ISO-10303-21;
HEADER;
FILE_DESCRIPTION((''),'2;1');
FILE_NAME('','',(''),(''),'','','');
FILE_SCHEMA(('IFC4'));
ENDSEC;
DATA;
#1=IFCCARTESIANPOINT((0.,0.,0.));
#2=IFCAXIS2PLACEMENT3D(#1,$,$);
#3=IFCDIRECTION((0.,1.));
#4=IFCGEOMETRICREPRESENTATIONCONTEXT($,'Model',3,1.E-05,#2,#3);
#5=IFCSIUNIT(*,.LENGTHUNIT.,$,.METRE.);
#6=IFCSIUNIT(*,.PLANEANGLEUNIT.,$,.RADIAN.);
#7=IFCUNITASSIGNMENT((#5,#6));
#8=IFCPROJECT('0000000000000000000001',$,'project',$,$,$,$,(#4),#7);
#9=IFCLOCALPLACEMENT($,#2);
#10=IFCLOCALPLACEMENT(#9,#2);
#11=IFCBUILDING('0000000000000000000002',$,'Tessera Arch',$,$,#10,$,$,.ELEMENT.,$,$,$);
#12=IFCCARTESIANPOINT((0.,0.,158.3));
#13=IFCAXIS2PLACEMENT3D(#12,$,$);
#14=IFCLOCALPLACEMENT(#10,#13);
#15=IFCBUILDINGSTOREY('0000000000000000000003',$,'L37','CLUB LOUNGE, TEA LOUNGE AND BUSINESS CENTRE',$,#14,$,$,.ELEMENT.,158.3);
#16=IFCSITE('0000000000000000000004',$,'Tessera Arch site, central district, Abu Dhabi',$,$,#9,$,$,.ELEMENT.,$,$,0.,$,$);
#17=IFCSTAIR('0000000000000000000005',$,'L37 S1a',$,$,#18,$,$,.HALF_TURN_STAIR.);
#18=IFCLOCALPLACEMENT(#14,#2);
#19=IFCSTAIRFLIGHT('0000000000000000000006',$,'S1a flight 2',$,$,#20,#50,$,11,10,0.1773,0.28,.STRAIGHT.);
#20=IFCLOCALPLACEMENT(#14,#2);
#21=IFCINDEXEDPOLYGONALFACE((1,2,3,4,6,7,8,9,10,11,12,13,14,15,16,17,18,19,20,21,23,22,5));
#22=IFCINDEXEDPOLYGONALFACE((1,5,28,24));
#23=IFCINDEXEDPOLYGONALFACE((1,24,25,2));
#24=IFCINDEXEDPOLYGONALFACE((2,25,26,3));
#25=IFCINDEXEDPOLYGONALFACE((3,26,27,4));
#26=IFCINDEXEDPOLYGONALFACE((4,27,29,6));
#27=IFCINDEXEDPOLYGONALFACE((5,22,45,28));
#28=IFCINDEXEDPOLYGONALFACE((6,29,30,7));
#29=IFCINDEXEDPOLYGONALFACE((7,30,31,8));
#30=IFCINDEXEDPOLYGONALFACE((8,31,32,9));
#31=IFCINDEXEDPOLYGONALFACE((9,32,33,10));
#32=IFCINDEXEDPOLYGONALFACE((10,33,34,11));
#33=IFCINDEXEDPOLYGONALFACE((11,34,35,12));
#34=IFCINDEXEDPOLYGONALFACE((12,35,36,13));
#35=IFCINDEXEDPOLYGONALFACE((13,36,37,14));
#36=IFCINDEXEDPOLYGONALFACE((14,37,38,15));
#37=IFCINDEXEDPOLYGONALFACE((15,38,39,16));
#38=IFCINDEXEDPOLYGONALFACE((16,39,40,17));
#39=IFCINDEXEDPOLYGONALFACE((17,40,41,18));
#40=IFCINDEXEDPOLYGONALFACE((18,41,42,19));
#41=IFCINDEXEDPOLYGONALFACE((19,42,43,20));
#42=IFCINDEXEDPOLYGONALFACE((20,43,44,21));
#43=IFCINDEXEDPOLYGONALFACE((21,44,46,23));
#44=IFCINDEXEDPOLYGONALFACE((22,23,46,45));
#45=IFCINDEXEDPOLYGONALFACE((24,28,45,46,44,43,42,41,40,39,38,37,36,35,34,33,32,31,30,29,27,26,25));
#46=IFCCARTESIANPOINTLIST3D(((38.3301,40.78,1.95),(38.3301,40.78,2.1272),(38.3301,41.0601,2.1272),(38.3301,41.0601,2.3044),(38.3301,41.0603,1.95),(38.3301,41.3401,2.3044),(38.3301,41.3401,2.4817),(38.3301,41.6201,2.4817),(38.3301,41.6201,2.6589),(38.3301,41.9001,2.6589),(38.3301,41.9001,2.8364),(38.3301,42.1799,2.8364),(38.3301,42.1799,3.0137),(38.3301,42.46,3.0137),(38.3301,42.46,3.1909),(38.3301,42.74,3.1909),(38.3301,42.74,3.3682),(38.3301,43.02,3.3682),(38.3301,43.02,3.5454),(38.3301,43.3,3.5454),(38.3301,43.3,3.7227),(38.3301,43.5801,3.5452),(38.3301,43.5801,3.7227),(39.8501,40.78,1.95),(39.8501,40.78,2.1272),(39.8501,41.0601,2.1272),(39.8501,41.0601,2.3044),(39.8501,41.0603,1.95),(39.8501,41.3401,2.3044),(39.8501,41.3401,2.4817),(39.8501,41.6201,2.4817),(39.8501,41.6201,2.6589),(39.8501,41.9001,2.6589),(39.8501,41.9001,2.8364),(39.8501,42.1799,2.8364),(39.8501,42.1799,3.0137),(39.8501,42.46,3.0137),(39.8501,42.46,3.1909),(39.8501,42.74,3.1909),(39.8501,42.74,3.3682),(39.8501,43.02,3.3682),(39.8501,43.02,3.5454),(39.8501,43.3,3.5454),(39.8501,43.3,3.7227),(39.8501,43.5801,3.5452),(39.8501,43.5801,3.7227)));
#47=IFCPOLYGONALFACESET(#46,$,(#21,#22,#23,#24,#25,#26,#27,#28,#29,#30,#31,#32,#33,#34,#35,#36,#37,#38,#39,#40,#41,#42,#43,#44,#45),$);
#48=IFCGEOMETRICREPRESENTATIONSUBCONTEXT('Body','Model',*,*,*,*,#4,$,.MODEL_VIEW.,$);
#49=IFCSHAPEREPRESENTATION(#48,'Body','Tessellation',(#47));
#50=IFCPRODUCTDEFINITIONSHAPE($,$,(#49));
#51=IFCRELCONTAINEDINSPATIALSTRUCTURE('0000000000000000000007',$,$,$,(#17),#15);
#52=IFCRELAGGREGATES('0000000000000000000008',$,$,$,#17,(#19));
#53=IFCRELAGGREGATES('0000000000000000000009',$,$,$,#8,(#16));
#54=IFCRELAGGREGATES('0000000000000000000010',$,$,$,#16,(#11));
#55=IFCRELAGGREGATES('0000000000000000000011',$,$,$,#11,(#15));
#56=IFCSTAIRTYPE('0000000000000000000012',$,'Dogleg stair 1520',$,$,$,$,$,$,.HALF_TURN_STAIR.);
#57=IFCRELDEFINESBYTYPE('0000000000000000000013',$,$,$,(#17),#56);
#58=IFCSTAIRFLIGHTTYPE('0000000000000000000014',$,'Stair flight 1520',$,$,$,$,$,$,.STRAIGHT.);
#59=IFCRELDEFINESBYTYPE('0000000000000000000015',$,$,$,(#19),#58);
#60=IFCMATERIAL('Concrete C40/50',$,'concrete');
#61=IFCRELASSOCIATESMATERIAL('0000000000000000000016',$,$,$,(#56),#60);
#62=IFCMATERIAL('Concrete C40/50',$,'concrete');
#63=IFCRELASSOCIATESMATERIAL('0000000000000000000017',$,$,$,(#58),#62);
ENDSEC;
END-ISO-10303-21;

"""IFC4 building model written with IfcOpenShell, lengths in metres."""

from ifc_helpers import new_model, si_unit, direction, frame, origin, place, context, subcontext, project, spatial, polyline, outline, extrude, material, type_object, element, aggregate, save


model = new_model("IFC4")

# Units and contexts
model_context = context("Model", 3, precision=1e-05, world=origin(), true_north=direction((0.0, 1.0)))
body_context = subcontext(model_context, "Body", "Model", "MODEL_VIEW")
ifc_project = project(units=[si_unit("LENGTHUNIT", "METRE"), si_unit("PLANEANGLEUNIT", "RADIAN")], contexts=[model_context])

# Site, building, storey
site_placement = place(None, origin())
site = spatial("IfcSite", under=ifc_project, at=site_placement, Name="Tessera Arch site, central district, Abu Dhabi", CompositionType="ELEMENT", RefElevation=0.0)
building_placement = place(site_placement, origin())
building = spatial("IfcBuilding", under=site, at=building_placement, Name="Tessera Arch", CompositionType="ELEMENT")
storey_placement = place(building_placement, frame((0.0, 0.0, 158.3)))
storey = spatial("IfcBuildingStorey", under=building, at=storey_placement, Name="L37", Description="CLUB LOUNGE, TEA LOUNGE AND BUSINESS CENTRE", CompositionType="ELEMENT", Elevation=158.3)

# Stair, stair flight
ifc_material_1 = material(Name="Concrete C40/50", Category="concrete")
stair_type = type_object("IfcStairType", Name="Dogleg stair 1520", PredefinedType="HALF_TURN_STAIR", material=ifc_material_1)
stair_placement = place(storey_placement, origin())
stair = element("IfcStair", 1, at=stair_placement, inside=storey, type_object=stair_type, Name="L37 S1a", PredefinedType="HALF_TURN_STAIR")
ifc_material_2 = material(Name="Concrete C40/50", Category="concrete")
stair_flight_type = type_object("IfcStairFlightType", Name="Stair flight 1520", PredefinedType="STRAIGHT", material=ifc_material_2)
stair_flight_1_placement = place(storey_placement, frame((39.0901, 40.78, 1.95), z_axis=(0.0, 0.0, 1.0), x_axis=(0.0, 1.0, 0.0)))
stair_flight_1 = element("IfcStairFlight", 2, at=stair_flight_1_placement, type_object=stair_flight_type, Name="S1a flight 2", NumberOfRisers=11, NumberOfTreads=10, PredefinedType="STRAIGHT", RiserHeight=0.1773, TreadLength=0.28, context=body_context, shape_type="SweptSolid", body=[
    extrude(outline(polyline([(0.0, 0.0), (0.0, 0.1772), (0.28, 0.1772), (0.28, 0.3545), (0.5601, 0.3545), (0.5601, 0.5317), (0.8401, 0.5317), (0.8401, 0.709), (1.1201, 0.709), (1.1201, 0.8865), (1.3999, 0.8865), (1.3999, 1.0637), (1.6799, 1.0637), (1.6799, 1.241), (1.96, 1.241), (1.96, 1.4182), (2.24, 1.4182), (2.24, 1.5955), (2.52, 1.5955), (2.52, 1.7727), (2.8, 1.7727), (2.8, 1.95), (2.8, 1.5952), (0.2803, 0.0), (0.0, 0.0)])), frame((0.0, 0.76, 0.0), z_axis=(0.0, -1.0, 0.0), x_axis=(1.0, 0.0, 0.0)), (0.0, 0.0, 1.0), 1.52),
])
aggregate(stair, [stair_flight_1])

save(model, "model.ifc")
